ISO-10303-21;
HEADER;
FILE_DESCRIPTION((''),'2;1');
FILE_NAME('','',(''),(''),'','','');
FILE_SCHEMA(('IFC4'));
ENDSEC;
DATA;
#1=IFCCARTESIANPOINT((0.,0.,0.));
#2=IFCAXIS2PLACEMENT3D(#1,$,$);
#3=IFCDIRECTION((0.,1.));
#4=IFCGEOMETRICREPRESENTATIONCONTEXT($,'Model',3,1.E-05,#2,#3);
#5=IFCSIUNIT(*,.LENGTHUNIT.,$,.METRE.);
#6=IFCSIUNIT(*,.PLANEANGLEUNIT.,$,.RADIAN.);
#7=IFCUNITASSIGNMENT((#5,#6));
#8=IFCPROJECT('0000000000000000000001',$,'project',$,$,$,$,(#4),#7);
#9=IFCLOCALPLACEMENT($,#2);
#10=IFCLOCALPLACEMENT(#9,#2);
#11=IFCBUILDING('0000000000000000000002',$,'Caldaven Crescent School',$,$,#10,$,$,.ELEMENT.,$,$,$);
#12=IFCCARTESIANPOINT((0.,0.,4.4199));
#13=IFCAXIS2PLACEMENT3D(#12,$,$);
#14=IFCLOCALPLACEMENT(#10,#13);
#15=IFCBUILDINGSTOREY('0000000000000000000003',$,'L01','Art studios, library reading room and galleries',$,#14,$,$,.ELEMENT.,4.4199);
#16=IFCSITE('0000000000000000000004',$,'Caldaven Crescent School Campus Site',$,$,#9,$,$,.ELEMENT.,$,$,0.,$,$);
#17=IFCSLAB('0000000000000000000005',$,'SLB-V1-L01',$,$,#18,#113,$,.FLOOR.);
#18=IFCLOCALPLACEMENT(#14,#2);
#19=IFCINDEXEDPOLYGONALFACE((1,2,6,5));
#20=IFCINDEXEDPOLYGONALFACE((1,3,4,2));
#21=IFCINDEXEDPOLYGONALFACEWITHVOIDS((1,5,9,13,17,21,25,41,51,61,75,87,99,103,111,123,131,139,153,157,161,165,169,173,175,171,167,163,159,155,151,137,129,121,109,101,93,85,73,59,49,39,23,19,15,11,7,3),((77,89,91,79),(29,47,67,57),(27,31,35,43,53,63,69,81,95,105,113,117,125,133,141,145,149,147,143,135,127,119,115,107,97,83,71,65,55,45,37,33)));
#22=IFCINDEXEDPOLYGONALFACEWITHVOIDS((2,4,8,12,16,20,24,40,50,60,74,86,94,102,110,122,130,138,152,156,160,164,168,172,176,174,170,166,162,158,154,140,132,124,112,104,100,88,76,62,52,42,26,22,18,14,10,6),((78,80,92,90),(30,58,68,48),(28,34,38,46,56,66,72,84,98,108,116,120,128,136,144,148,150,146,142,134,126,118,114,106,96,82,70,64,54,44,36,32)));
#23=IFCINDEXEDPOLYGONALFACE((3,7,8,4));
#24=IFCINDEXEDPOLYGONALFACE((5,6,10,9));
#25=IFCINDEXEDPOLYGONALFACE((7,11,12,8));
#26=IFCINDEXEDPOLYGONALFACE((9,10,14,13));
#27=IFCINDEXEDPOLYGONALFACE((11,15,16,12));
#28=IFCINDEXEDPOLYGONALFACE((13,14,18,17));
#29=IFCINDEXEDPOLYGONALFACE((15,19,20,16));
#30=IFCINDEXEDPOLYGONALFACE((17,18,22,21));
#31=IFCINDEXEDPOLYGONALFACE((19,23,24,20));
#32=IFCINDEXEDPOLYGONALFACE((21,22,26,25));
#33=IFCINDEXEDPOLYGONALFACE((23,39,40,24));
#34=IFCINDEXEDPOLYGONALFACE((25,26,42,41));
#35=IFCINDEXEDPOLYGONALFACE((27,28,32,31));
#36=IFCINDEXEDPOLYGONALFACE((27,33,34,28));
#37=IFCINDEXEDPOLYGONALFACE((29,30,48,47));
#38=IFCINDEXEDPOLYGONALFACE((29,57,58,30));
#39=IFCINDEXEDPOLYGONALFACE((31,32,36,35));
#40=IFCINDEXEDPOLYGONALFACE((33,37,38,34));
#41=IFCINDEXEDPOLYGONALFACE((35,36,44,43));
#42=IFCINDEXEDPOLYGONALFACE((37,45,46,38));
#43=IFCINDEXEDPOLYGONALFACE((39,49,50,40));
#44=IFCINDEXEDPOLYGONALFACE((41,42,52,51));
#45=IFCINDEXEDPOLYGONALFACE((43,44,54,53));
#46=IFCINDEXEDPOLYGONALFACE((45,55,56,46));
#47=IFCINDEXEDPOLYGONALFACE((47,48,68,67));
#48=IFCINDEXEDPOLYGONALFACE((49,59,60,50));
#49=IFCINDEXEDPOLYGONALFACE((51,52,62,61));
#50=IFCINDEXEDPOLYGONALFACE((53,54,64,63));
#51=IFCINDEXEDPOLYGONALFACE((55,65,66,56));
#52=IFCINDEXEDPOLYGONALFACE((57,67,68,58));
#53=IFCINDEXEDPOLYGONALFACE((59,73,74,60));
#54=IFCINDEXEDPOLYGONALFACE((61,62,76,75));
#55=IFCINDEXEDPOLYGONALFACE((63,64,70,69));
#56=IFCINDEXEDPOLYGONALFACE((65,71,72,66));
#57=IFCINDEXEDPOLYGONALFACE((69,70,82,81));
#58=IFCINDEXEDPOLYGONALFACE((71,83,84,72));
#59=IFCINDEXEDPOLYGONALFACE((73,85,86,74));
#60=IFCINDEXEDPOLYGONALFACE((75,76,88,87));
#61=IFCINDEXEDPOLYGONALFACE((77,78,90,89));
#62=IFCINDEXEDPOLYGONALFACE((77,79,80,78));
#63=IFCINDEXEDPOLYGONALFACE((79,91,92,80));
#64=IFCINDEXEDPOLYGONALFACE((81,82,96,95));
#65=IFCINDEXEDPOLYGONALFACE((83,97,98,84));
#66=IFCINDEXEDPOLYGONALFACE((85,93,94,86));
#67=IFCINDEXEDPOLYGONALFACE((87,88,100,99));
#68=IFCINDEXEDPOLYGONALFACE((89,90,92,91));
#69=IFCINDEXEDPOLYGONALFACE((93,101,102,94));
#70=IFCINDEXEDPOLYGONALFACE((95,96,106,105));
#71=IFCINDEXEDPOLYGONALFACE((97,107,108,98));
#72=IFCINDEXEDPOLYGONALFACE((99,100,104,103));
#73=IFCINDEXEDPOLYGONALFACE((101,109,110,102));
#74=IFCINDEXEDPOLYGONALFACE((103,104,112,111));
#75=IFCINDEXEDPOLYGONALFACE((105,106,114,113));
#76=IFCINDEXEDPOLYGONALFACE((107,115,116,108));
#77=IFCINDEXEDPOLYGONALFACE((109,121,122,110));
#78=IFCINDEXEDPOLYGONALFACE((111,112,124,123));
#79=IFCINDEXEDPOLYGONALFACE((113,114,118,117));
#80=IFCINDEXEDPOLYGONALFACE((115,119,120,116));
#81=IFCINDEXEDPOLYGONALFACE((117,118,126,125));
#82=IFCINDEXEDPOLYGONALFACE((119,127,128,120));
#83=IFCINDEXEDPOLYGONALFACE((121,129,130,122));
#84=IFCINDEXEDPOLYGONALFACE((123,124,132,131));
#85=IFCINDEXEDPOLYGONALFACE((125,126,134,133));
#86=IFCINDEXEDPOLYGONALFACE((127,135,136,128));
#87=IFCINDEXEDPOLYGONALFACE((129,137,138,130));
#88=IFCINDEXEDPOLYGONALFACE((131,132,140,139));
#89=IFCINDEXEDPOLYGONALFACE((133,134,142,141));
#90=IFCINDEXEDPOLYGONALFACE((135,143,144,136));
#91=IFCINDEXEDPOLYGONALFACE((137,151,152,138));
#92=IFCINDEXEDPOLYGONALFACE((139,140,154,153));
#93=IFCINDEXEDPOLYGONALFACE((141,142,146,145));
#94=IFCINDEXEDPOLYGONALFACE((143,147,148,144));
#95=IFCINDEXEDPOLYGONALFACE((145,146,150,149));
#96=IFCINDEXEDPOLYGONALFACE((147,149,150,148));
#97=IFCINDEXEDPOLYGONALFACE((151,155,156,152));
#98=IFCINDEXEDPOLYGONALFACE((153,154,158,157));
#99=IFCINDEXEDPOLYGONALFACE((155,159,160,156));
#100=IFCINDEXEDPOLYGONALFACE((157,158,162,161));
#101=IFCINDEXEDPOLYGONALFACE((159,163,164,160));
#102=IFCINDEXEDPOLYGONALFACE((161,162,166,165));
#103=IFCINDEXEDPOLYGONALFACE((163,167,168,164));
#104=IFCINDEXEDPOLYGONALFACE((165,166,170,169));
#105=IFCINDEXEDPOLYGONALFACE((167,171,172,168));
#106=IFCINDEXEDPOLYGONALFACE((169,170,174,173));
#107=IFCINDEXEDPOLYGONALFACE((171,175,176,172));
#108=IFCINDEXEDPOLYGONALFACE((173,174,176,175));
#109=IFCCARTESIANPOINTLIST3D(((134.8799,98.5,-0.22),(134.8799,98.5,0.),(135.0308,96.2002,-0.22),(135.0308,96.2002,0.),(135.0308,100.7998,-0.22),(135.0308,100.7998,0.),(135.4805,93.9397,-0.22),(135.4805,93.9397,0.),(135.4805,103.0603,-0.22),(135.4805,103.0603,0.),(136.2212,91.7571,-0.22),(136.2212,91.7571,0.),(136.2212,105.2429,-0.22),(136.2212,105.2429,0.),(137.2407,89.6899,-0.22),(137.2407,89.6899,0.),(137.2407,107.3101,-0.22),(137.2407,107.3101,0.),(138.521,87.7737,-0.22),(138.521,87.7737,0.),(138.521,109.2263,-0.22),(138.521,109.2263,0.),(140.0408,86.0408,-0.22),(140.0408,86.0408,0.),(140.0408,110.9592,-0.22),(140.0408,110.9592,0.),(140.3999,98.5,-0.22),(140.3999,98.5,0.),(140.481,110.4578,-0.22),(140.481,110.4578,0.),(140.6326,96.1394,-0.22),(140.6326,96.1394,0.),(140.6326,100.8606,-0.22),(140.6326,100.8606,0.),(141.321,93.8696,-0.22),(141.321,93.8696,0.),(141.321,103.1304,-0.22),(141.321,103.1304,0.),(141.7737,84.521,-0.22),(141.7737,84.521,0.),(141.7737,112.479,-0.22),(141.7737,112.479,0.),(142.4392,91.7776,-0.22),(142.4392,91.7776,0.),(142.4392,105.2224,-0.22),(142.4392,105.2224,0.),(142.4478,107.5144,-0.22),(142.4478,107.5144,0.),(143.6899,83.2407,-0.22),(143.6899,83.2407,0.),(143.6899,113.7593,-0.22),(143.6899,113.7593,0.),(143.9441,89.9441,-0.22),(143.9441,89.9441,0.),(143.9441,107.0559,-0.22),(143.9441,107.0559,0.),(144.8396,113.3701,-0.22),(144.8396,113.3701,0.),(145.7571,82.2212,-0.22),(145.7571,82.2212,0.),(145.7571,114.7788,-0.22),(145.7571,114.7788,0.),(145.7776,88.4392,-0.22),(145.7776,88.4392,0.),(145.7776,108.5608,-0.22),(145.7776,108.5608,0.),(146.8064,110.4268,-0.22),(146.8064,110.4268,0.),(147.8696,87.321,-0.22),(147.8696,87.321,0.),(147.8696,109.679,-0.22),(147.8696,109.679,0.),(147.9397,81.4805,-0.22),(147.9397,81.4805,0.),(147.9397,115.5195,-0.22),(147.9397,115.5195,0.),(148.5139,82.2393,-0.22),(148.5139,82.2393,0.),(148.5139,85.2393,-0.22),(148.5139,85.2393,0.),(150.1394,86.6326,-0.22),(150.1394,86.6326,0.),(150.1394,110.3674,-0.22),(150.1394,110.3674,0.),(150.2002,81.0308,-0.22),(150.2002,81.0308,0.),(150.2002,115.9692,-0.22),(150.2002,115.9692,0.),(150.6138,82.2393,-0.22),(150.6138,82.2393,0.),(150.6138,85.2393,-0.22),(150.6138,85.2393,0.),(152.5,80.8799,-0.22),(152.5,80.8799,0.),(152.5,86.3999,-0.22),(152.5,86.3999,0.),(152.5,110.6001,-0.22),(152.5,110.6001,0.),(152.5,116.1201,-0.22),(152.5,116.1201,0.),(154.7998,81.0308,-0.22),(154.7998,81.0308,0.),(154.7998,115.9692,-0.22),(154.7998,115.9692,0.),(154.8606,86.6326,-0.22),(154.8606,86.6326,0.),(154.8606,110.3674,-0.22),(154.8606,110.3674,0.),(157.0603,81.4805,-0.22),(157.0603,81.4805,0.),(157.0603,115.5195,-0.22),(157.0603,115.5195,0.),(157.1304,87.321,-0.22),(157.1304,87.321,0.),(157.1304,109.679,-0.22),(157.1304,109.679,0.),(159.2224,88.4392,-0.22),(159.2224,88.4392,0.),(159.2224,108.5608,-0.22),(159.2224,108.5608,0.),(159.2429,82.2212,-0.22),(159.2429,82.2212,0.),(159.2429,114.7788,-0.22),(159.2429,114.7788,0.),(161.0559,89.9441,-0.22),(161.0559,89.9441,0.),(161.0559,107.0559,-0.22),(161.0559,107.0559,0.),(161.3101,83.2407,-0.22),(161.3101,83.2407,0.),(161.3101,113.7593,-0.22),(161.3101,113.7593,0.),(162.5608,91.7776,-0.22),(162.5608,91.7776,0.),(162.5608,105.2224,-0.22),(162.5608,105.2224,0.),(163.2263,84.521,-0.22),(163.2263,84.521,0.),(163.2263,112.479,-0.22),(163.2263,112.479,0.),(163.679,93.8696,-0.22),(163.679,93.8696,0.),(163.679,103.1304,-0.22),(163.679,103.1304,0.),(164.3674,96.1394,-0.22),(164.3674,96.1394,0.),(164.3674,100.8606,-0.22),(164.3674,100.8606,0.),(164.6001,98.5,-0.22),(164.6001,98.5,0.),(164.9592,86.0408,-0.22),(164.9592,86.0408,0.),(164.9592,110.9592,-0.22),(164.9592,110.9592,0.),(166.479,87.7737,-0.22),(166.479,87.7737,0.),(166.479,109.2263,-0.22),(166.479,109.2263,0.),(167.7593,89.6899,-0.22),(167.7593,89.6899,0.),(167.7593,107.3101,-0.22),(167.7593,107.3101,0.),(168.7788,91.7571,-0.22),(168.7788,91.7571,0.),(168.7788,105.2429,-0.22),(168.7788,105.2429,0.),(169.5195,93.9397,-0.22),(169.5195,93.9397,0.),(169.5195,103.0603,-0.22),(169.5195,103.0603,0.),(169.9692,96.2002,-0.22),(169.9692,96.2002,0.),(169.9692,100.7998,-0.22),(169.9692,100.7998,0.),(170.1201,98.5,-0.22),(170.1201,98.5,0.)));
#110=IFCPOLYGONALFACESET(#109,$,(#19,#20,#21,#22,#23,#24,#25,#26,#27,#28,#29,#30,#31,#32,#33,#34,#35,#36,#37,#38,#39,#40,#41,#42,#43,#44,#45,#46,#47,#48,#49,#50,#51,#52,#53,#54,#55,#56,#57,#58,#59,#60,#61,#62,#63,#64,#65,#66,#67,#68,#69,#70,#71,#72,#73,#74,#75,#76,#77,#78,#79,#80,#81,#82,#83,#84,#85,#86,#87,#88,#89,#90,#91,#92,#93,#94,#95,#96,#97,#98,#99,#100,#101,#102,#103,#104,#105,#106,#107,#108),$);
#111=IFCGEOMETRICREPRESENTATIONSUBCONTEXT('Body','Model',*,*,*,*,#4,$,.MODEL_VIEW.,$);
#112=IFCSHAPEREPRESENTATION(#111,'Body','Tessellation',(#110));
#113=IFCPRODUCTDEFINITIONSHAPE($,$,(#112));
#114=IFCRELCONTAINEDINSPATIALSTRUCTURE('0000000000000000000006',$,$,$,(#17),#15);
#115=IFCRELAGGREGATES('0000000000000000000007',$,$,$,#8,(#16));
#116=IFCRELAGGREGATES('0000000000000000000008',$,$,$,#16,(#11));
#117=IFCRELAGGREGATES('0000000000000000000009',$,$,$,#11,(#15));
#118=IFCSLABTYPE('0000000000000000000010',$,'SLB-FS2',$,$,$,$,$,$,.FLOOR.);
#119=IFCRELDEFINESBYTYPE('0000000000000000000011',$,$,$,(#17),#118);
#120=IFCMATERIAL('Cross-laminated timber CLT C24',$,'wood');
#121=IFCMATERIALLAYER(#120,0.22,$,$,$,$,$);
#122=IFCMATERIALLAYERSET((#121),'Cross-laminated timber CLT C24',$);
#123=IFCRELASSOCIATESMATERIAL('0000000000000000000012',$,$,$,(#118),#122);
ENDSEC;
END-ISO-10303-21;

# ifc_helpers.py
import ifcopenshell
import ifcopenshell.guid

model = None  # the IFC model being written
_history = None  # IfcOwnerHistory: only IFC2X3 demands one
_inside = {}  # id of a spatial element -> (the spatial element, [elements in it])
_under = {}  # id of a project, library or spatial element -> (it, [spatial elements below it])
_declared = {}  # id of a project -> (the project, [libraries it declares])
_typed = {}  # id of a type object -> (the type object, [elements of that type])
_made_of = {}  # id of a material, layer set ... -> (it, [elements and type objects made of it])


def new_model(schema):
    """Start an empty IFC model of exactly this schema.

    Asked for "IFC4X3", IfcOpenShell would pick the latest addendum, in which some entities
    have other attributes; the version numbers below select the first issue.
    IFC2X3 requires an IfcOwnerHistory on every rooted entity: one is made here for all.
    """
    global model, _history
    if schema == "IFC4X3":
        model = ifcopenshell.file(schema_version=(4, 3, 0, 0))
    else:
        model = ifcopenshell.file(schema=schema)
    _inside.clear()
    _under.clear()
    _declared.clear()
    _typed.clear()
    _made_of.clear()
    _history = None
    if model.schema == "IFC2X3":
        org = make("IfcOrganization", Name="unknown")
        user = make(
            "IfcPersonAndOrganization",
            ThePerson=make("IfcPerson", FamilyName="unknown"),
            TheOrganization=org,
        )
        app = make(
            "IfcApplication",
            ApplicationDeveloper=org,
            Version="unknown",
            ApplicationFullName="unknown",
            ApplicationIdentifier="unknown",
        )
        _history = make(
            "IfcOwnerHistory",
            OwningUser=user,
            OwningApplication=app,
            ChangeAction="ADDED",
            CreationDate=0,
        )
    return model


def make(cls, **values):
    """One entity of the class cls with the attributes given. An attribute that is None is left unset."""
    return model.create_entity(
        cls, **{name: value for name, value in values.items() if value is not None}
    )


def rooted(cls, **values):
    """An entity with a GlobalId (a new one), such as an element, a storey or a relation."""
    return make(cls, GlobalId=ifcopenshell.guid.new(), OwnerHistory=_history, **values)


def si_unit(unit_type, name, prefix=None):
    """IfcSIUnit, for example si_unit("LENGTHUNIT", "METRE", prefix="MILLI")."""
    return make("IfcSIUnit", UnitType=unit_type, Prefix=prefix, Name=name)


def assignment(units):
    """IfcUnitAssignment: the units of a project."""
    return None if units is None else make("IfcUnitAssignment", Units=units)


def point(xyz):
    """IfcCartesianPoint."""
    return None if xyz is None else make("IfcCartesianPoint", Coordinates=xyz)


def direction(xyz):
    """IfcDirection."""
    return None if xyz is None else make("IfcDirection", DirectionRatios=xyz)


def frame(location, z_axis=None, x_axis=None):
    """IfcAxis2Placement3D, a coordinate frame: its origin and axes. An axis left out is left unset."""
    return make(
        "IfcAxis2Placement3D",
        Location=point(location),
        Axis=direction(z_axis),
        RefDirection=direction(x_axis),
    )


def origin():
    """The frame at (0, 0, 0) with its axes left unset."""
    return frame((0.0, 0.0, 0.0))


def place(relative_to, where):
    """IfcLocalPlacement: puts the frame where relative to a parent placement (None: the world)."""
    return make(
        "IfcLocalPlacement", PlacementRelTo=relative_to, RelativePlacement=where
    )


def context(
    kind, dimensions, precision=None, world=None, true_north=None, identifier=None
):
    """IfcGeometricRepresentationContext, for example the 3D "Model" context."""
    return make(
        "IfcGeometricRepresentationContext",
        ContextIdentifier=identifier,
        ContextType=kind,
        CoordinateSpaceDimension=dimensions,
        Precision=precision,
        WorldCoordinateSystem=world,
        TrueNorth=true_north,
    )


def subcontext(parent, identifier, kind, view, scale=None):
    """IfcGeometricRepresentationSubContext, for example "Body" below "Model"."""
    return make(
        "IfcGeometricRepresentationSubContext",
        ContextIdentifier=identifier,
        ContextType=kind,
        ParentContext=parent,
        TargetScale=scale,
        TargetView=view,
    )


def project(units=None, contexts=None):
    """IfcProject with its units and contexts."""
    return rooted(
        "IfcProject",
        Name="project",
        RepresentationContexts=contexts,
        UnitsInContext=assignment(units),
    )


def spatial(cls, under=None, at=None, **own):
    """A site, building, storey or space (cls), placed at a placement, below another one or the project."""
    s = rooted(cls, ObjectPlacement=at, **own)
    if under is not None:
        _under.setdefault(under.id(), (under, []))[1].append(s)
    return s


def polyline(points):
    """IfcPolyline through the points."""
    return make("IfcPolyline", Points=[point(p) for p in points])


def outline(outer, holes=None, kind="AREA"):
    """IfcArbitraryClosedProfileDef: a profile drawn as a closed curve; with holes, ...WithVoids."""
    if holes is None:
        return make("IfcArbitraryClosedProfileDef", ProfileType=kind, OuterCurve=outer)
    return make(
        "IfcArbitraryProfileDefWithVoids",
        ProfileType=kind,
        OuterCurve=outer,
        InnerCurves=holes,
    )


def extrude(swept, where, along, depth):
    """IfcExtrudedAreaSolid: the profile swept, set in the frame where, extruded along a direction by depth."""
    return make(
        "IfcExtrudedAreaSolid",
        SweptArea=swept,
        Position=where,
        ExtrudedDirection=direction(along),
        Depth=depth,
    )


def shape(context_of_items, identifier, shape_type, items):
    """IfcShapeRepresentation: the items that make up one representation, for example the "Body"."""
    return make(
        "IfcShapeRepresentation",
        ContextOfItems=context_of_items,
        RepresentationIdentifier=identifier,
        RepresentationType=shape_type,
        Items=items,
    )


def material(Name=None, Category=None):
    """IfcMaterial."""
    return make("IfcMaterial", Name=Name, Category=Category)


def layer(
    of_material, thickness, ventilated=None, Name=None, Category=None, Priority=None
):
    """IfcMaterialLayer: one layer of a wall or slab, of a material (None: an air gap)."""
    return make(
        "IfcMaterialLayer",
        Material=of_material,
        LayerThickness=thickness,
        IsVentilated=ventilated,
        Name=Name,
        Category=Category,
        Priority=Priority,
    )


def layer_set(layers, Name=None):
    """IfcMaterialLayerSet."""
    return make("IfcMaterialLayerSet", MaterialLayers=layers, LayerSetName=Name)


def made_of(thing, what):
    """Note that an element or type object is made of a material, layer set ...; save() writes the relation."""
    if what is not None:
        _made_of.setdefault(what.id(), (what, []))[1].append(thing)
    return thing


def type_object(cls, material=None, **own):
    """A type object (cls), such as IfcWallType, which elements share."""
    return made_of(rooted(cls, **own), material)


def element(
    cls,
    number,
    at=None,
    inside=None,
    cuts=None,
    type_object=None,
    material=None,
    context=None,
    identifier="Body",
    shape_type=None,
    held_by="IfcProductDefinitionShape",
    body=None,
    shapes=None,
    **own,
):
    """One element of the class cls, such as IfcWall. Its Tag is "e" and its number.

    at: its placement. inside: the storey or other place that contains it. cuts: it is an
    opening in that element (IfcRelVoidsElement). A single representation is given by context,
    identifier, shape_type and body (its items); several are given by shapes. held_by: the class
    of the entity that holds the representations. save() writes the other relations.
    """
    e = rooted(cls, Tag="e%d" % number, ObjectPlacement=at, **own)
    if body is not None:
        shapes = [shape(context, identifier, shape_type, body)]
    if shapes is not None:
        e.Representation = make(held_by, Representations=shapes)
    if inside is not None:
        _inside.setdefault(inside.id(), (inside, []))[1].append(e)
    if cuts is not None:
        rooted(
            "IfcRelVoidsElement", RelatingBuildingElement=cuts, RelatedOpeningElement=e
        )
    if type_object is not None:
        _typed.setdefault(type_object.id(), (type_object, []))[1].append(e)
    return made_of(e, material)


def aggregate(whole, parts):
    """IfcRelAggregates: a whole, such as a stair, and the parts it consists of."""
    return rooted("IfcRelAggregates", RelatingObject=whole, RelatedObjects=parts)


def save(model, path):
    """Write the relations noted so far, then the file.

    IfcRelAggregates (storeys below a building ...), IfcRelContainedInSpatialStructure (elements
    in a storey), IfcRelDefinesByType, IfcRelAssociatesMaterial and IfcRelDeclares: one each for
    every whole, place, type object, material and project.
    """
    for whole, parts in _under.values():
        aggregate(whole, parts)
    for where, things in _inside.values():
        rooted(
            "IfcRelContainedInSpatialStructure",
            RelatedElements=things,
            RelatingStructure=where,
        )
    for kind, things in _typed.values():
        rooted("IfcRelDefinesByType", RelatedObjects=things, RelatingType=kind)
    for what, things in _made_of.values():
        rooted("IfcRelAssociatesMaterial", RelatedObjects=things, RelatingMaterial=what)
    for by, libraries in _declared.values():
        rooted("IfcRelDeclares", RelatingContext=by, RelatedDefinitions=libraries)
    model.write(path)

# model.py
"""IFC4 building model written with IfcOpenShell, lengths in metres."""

from ifc_helpers import new_model, si_unit, direction, frame, origin, place, context, subcontext, project, spatial, polyline, outline, extrude, material, layer, layer_set, type_object, element, save


model = new_model("IFC4")

# Units and contexts
model_context = context("Model", 3, precision=1e-05, world=origin(), true_north=direction((0.0, 1.0)))
body_context = subcontext(model_context, "Body", "Model", "MODEL_VIEW")
ifc_project = project(units=[si_unit("LENGTHUNIT", "METRE"), si_unit("PLANEANGLEUNIT", "RADIAN")], contexts=[model_context])

# Site, building, storey
site_placement = place(None, origin())
site = spatial("IfcSite", under=ifc_project, at=site_placement, Name="Caldaven Crescent School Campus Site", CompositionType="ELEMENT", RefElevation=0.0)
building_placement = place(site_placement, origin())
building = spatial("IfcBuilding", under=site, at=building_placement, Name="Caldaven Crescent School", CompositionType="ELEMENT")
storey_placement = place(building_placement, frame((0.0, 0.0, 4.4199)))
storey = spatial("IfcBuildingStorey", under=building, at=storey_placement, Name="L01", Description="Art studios, library reading room and galleries", CompositionType="ELEMENT", Elevation=4.4199)

# Slab
ifc_material_1 = material(Name="Cross-laminated timber CLT C24", Category="wood")
ifc_layer_1 = layer(ifc_material_1, 0.22)
ifc_layer_set_1 = layer_set([ifc_layer_1], Name="Cross-laminated timber CLT C24")
slab_type = type_object("IfcSlabType", Name="SLB-FS2", PredefinedType="FLOOR", material=ifc_layer_set_1)
slab_1_placement = place(storey_placement, frame((0.0, 0.0, -0.22)))
element("IfcSlab", 1, at=slab_1_placement, inside=storey, type_object=slab_type, Name="SLB-V1-L01", PredefinedType="FLOOR", context=body_context, shape_type="SweptSolid", body=[
    extrude(outline(polyline([(170.1201, 98.5), (169.9692, 100.7998), (169.5195, 103.0603), (168.7788, 105.2429), (167.7593, 107.3101), (166.479, 109.2263), (164.9592, 110.9592), (163.2263, 112.479), (161.3101, 113.7593), (159.2429, 114.7788), (157.0603, 115.5195), (154.7998, 115.9692), (152.5, 116.1201), (150.2002, 115.9692), (147.9397, 115.5195), (145.7571, 114.7788), (143.6899, 113.7593), (141.7737, 112.479), (140.0408, 110.9592), (138.521, 109.2263), (137.2407, 107.3101), (136.2212, 105.2429), (135.4805, 103.0603), (135.0308, 100.7998), (134.8799, 98.5), (135.0308, 96.2002), (135.4805, 93.9397), (136.2212, 91.7571), (137.2407, 89.6899), (138.521, 87.7737), (140.0408, 86.0408), (141.7737, 84.521), (143.6899, 83.2407), (145.7571, 82.2212), (147.9397, 81.4805), (150.2002, 81.0308), (152.5, 80.8799), (154.7998, 81.0308), (157.0603, 81.4805), (159.2429, 82.2212), (161.3101, 83.2407), (163.2263, 84.521), (164.9592, 86.0408), (166.479, 87.7737), (167.7593, 89.6899), (168.7788, 91.7571), (169.5195, 93.9397), (169.9692, 96.2002), (170.1201, 98.5)]), holes=[polyline([(164.3674, 96.1394), (163.679, 93.8696), (162.5608, 91.7776), (161.0559, 89.9441), (159.2224, 88.4392), (157.1304, 87.321), (154.8606, 86.6326), (152.5, 86.3999), (150.1394, 86.6326), (147.8696, 87.321), (145.7776, 88.4392), (143.9441, 89.9441), (142.4392, 91.7776), (141.321, 93.8696), (140.6326, 96.1394), (140.3999, 98.5), (140.6326, 100.8606), (141.321, 103.1304), (142.4392, 105.2224), (143.9441, 107.0559), (145.7776, 108.5608), (147.8696, 109.679), (150.1394, 110.3674), (152.5, 110.6001), (154.8606, 110.3674), (157.1304, 109.679), (159.2224, 108.5608), (161.0559, 107.0559), (162.5608, 105.2224), (163.679, 103.1304), (164.3674, 100.8606), (164.6001, 98.5), (164.3674, 96.1394)]), polyline([(148.5139, 82.2393), (148.5139, 85.2393), (150.6138, 85.2393), (150.6138, 82.2393), (148.5139, 82.2393)]), polyline([(144.8396, 113.3701), (146.8064, 110.4268), (142.4478, 107.5144), (140.481, 110.4578), (144.8396, 113.3701)])]), origin(), (0.0, 0.0, 1.0), 0.22),
])

save(model, "model.ifc")
